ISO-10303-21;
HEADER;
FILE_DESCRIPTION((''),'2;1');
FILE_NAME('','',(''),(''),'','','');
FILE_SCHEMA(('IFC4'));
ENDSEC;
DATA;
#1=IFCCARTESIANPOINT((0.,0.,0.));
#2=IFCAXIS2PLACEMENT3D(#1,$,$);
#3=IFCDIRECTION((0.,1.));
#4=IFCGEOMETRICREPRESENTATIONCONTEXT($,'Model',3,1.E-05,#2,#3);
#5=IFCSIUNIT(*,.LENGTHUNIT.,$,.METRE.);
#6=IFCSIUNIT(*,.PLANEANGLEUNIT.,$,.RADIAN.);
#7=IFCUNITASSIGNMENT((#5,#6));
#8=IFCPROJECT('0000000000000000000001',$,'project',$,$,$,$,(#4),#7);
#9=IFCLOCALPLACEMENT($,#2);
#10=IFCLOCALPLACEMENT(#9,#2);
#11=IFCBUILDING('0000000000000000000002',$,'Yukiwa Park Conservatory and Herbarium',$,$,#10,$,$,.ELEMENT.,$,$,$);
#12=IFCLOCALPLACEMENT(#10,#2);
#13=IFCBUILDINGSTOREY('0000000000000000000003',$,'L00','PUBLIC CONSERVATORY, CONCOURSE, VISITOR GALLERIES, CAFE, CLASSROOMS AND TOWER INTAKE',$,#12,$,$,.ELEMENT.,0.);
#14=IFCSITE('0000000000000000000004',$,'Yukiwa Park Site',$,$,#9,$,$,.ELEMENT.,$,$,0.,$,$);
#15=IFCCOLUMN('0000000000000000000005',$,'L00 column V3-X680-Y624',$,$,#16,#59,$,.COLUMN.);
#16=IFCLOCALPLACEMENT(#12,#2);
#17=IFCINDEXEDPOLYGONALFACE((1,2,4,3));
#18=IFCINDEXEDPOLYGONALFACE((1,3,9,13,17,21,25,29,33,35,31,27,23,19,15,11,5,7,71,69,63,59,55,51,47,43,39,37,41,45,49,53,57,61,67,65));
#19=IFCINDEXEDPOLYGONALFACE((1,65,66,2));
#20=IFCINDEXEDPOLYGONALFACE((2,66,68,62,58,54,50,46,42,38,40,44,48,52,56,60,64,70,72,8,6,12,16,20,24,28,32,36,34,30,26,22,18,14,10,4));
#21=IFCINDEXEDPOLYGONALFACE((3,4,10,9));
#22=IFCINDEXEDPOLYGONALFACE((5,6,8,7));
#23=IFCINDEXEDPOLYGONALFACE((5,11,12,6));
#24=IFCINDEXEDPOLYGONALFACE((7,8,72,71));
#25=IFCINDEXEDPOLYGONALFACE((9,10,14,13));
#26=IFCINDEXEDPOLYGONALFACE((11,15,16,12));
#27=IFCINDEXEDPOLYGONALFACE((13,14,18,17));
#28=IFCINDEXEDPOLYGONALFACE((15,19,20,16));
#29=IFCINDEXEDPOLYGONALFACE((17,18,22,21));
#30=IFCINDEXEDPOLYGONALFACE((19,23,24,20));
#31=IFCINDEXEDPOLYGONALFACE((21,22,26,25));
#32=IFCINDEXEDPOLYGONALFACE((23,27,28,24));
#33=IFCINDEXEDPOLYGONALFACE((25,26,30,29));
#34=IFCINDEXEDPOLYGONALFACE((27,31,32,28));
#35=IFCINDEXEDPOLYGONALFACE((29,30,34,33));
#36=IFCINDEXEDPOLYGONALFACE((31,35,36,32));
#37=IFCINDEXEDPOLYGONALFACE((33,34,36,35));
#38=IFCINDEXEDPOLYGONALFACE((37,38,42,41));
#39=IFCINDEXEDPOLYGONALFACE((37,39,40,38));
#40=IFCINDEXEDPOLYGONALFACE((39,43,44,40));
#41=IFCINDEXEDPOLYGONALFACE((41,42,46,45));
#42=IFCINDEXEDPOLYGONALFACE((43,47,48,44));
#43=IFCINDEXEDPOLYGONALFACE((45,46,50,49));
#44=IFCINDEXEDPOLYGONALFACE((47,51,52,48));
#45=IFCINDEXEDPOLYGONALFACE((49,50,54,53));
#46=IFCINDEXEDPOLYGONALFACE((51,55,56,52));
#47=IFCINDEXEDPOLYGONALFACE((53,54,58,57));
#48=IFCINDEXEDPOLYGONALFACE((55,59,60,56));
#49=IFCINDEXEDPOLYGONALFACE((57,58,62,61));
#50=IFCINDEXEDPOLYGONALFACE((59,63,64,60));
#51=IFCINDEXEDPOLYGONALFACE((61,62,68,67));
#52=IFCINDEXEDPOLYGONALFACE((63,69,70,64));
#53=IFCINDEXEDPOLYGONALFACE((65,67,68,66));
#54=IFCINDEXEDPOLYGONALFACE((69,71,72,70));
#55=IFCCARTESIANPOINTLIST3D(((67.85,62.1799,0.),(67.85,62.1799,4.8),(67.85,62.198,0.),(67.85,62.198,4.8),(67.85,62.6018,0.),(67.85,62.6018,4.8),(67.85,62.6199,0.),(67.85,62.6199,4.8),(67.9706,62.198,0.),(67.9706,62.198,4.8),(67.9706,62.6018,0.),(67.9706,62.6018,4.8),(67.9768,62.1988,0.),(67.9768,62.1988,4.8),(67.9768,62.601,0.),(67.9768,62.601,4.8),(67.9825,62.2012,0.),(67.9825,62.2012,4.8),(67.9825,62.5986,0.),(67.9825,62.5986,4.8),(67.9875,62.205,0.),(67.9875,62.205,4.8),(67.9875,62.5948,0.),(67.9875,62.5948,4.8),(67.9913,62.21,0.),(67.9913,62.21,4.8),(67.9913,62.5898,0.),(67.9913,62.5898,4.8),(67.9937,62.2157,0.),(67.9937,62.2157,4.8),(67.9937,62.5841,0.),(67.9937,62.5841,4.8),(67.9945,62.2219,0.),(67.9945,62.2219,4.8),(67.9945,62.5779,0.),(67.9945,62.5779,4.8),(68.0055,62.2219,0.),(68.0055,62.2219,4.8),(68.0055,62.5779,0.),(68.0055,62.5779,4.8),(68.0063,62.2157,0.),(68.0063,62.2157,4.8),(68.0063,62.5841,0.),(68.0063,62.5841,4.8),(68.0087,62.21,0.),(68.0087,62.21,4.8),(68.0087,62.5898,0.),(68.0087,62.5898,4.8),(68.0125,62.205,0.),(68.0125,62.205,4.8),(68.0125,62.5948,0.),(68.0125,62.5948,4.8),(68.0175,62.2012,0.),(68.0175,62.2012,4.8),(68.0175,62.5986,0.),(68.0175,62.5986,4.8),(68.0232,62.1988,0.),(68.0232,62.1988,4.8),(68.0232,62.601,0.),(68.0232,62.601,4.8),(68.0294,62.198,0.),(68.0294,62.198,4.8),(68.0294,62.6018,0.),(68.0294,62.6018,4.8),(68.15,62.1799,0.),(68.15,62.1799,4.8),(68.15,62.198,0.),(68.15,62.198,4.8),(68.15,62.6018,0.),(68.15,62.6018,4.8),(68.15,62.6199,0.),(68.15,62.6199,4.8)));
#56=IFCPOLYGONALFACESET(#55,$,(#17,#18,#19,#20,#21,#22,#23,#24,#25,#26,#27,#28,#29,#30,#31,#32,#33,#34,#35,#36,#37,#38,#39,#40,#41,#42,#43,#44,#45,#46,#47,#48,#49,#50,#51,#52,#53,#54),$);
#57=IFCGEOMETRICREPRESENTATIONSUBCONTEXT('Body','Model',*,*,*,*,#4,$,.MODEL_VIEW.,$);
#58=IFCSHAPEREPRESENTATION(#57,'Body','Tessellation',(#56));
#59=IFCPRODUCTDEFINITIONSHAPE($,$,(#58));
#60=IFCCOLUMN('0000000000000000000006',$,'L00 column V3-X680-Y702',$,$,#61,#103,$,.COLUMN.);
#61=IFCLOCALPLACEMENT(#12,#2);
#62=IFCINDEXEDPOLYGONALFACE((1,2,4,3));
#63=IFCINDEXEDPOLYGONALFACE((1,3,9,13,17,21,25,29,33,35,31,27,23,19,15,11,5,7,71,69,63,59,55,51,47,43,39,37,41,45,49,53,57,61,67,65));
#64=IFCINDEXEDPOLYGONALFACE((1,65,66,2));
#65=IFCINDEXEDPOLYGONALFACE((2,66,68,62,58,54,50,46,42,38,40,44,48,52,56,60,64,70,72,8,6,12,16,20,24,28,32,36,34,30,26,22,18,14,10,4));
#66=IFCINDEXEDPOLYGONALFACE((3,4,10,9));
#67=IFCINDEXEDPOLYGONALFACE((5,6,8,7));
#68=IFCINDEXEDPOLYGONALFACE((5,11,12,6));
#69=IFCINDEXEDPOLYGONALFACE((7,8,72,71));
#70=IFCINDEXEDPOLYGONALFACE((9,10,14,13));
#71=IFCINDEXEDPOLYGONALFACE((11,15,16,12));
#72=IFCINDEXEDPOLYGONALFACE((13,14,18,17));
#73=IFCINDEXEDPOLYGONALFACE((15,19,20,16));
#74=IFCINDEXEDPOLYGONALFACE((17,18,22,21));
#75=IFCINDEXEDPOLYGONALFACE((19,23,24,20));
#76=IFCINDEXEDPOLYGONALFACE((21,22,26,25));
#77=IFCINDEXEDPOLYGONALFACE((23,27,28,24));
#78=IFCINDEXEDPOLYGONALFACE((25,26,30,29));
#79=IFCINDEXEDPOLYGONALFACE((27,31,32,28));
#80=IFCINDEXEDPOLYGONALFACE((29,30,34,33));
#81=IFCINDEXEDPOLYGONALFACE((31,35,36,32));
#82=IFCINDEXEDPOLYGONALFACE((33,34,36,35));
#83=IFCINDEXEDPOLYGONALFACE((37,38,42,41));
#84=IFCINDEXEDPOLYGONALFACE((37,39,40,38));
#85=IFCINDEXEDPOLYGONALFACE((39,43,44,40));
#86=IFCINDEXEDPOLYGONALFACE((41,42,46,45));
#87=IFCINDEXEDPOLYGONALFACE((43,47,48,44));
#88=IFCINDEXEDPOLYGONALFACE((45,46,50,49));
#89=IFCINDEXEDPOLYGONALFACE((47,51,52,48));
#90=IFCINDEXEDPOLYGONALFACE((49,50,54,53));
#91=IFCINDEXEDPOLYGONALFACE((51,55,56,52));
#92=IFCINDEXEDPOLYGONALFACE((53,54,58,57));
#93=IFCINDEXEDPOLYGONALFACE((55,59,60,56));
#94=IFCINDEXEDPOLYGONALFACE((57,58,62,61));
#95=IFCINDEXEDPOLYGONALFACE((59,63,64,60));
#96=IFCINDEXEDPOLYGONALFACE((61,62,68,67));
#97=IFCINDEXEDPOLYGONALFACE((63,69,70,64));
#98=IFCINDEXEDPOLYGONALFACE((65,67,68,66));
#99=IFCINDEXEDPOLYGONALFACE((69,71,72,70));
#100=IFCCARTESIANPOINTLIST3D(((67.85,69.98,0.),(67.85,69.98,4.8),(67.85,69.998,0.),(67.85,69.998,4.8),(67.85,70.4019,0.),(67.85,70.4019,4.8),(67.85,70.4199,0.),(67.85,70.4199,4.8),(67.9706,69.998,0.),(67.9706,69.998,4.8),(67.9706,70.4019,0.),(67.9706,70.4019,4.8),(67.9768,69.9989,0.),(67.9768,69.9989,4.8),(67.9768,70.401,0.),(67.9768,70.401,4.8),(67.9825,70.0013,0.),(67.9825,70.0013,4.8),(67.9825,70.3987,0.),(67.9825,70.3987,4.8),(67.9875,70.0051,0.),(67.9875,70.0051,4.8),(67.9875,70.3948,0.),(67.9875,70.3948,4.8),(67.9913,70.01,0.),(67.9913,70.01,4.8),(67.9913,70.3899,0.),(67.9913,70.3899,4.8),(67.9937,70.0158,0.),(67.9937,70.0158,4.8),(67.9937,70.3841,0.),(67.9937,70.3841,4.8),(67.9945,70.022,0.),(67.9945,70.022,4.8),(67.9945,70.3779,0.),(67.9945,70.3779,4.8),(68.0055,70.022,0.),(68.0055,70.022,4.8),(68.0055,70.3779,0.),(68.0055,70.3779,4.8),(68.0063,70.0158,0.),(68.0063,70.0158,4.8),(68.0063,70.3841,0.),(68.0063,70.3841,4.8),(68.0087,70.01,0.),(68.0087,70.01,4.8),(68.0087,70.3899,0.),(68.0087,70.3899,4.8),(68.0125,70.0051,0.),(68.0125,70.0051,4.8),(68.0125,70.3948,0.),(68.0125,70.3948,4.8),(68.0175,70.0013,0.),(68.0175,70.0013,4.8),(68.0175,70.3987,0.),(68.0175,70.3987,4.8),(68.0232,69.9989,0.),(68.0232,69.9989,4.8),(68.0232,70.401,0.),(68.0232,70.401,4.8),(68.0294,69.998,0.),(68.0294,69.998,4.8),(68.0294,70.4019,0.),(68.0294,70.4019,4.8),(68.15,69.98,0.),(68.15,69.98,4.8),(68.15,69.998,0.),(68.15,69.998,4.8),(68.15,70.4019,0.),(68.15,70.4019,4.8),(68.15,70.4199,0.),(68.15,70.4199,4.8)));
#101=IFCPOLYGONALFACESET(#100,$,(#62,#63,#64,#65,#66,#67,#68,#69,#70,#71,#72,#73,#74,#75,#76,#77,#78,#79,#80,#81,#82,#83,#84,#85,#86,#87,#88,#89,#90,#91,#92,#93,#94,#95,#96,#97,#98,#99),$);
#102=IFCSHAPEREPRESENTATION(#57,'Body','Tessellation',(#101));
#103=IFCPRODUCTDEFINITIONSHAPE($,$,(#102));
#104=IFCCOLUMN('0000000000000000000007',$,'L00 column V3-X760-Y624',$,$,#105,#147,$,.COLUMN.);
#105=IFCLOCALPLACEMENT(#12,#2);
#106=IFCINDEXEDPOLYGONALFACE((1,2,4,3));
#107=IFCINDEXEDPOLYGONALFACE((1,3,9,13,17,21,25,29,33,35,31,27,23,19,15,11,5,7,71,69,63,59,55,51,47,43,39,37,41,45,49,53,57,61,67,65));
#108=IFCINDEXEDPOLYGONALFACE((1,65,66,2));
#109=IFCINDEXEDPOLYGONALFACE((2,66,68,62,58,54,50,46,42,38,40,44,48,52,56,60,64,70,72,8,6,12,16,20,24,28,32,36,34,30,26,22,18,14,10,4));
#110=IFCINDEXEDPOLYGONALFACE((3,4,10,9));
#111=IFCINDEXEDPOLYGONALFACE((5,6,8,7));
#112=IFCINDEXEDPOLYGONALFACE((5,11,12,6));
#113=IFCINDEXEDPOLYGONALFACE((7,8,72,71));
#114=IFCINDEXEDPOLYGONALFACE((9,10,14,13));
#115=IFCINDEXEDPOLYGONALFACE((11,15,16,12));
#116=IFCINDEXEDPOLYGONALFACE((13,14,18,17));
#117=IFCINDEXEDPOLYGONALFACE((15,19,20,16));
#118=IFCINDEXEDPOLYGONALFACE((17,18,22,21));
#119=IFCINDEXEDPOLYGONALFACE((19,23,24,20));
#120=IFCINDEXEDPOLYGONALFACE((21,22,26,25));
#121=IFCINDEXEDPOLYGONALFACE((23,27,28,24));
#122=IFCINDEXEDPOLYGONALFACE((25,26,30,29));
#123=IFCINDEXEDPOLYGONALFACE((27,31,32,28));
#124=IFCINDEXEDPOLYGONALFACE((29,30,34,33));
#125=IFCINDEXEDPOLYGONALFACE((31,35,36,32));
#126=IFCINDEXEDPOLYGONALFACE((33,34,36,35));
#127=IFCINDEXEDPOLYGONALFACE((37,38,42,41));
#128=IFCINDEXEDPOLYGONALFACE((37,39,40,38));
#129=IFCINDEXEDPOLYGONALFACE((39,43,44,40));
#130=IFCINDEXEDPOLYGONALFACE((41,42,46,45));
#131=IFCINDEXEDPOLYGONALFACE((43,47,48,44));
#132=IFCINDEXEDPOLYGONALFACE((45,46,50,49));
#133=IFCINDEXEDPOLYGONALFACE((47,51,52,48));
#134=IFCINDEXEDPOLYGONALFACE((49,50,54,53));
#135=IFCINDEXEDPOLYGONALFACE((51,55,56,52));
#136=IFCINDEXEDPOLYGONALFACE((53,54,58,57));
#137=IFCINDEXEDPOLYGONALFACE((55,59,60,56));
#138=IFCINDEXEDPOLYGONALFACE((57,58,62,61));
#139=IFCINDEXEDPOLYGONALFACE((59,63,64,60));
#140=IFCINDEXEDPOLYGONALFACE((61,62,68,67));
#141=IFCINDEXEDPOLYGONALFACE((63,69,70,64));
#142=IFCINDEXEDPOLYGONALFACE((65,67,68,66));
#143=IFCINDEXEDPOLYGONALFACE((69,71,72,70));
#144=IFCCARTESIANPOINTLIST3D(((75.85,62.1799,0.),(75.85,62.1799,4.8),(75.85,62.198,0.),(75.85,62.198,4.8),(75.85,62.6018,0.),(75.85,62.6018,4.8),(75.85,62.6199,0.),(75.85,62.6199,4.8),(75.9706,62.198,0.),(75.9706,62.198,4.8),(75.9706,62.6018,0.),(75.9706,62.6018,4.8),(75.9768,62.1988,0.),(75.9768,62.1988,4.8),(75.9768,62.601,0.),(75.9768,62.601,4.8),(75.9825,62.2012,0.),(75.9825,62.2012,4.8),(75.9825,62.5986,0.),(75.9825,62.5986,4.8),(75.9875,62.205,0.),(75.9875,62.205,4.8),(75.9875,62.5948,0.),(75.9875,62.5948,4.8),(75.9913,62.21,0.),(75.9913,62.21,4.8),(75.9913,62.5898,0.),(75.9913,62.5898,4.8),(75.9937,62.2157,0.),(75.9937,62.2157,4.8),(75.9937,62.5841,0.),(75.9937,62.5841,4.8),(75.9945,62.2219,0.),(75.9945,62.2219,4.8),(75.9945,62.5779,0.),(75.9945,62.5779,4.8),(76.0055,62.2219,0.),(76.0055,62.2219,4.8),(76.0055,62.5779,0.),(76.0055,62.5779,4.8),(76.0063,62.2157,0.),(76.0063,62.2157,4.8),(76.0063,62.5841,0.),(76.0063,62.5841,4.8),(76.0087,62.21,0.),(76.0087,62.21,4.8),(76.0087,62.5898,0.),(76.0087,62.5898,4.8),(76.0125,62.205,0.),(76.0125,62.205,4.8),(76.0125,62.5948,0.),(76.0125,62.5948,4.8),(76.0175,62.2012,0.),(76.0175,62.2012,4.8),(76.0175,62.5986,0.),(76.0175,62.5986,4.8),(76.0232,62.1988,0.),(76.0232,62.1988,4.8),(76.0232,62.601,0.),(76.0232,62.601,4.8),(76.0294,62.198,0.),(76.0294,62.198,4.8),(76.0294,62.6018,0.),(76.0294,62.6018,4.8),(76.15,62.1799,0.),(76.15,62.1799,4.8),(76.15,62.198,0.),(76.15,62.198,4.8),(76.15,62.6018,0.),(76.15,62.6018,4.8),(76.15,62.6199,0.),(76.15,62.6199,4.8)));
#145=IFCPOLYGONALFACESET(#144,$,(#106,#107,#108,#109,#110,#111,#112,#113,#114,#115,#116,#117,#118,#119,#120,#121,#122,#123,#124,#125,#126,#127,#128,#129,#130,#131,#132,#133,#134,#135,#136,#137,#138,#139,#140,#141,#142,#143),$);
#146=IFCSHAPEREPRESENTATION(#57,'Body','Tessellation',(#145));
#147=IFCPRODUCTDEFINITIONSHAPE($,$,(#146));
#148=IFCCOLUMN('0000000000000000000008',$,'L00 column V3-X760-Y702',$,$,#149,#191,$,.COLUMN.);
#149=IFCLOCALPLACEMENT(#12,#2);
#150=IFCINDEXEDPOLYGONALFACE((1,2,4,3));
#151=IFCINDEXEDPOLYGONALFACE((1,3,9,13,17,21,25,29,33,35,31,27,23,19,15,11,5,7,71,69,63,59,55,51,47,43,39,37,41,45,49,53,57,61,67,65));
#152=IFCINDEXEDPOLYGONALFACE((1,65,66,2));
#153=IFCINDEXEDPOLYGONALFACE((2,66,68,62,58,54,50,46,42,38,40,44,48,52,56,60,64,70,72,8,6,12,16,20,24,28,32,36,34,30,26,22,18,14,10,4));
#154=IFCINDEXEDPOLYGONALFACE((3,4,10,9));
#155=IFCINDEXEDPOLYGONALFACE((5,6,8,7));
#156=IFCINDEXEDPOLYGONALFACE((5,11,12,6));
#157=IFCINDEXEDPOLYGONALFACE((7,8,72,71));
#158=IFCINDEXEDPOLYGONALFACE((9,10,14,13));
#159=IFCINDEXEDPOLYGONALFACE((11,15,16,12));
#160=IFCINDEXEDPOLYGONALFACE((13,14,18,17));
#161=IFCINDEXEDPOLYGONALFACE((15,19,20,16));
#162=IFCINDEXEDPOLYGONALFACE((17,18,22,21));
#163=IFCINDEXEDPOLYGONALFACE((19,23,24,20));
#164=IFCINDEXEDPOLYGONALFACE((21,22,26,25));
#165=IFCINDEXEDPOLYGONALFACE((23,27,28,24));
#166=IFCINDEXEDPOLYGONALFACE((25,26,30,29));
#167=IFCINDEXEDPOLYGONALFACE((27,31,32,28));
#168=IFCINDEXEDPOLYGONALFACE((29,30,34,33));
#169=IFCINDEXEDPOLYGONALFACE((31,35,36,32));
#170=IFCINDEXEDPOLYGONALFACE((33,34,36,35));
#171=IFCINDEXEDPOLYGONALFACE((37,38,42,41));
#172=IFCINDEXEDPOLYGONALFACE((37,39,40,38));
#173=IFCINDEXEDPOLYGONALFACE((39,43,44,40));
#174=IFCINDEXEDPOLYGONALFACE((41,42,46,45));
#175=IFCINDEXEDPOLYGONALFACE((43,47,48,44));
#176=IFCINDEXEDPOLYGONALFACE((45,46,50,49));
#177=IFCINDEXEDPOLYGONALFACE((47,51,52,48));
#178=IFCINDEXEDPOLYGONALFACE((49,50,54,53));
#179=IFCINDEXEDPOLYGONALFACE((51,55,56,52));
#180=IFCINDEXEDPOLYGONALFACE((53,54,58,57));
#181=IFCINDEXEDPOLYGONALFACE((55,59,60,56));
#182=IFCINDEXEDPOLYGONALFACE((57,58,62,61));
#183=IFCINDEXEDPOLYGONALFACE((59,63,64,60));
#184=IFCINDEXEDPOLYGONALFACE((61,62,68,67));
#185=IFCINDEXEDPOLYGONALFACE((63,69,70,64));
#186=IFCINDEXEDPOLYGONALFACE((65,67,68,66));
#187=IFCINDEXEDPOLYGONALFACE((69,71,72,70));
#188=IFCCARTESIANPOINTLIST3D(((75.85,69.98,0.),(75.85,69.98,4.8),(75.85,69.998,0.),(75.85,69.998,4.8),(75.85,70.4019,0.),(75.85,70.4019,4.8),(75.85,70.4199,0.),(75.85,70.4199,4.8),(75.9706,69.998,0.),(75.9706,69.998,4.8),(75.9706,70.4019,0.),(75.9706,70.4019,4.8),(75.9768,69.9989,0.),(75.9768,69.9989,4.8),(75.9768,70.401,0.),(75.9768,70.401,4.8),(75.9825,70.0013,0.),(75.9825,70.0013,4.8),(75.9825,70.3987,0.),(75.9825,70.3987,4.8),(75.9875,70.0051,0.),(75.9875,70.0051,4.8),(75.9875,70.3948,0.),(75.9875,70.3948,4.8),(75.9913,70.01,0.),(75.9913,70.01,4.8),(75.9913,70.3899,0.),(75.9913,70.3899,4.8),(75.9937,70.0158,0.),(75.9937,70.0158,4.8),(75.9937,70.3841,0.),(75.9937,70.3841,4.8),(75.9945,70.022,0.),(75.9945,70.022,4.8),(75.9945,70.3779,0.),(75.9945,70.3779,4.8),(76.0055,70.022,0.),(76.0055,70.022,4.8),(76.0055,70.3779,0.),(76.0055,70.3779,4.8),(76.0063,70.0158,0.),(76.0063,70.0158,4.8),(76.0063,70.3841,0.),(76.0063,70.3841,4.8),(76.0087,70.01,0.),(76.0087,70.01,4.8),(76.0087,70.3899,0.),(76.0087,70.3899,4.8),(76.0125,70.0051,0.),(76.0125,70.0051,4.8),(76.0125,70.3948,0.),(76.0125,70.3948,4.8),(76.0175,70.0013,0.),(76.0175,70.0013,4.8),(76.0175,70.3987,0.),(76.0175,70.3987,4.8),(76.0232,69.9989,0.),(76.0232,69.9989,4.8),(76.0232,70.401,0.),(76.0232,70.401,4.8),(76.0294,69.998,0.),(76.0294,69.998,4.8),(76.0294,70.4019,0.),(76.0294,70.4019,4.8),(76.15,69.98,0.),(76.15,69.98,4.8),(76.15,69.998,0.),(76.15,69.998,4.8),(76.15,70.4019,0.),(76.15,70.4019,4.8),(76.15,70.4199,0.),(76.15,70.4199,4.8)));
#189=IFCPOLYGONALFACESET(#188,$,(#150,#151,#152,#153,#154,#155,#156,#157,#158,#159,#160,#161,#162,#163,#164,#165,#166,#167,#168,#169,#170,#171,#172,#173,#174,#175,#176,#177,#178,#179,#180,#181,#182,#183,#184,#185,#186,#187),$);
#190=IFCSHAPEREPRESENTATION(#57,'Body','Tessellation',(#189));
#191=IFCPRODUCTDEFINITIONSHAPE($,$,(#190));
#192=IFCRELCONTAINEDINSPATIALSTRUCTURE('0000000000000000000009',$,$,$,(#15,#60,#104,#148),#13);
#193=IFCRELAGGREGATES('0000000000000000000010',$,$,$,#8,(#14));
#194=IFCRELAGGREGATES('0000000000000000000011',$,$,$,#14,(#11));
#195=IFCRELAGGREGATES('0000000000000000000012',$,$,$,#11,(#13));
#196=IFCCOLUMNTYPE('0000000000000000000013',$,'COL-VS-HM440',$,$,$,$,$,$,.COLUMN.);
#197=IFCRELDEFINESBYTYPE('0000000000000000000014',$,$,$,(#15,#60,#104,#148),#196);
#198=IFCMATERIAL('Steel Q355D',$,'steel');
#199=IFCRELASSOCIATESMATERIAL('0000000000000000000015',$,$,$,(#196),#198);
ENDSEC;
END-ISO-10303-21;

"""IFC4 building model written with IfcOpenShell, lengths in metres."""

from ifc_helpers import new_model, si_unit, direction, frame, origin, origin_2d, place, context, subcontext, project, spatial, i_section, extrude, material, material_profile, profile_set, type_object, element, save


model = new_model("IFC4")

# Units and contexts
model_context = context("Model", 3, precision=1e-05, world=origin(), true_north=direction((0.0, 1.0)))
body_context = subcontext(model_context, "Body", "Model", "MODEL_VIEW")
ifc_project = project(units=[si_unit("LENGTHUNIT", "METRE"), si_unit("PLANEANGLEUNIT", "RADIAN")], contexts=[model_context])

# Site, building, storey
site_placement = place(None, origin())
site = spatial("IfcSite", under=ifc_project, at=site_placement, Name="Yukiwa Park Site", CompositionType="ELEMENT", RefElevation=0.0)
building_placement = place(site_placement, origin())
building = spatial("IfcBuilding", under=site, at=building_placement, Name="Yukiwa Park Conservatory and Herbarium", CompositionType="ELEMENT")
storey_placement = place(building_placement, origin())
storey = spatial("IfcBuildingStorey", under=building, at=storey_placement, Name="L00", Description="PUBLIC CONSERVATORY, CONCOURSE, VISITOR GALLERIES, CAFE, CLASSROOMS AND TOWER INTAKE", CompositionType="ELEMENT", Elevation=0.0)

# Columns
ifc_material_1 = material(Name="Steel Q355D", Category="steel")
ifc_material_profile_1 = material_profile(ifc_material_1, i_section(OverallWidth=0.3, OverallDepth=0.4399, WebThickness=0.011, FlangeThickness=0.0181, FilletRadius=0.0239, at=origin_2d()), Name="HM 440x300x11x18")
ifc_profile_set_1 = profile_set([ifc_material_profile_1], Name="Steel Q355D")
column_type = type_object("IfcColumnType", Name="COL-VS-HM440", PredefinedType="COLUMN", material=ifc_profile_set_1)
for number, where, z_axis, x_axis, name in (
    (1, (68.0, 62.3999, 0.0), (0.0, 0.0, 1.0), (1.0, 0.0, 0.0), "L00 column V3-X680-Y624"),
    (2, (68.0, 70.2, 0.0), (0.0, 0.0, 1.0), (1.0, 0.0, 0.0), "L00 column V3-X680-Y702"),
    (3, (76.0, 62.3999, 0.0), (0.0, 0.0, 1.0), (1.0, 0.0, 0.0), "L00 column V3-X760-Y624"),
    (4, (76.0, 70.2, 0.0), (0.0, 0.0, 1.0), (1.0, 0.0, 0.0), "L00 column V3-X760-Y702"),
):
    element("IfcColumn", number, at=place(storey_placement, frame(where, z_axis=z_axis, x_axis=x_axis)), inside=storey, type_object=column_type, Name=name, PredefinedType="COLUMN", context=body_context, shape_type="SweptSolid", body=[
        extrude(i_section(OverallWidth=0.3, OverallDepth=0.4399, WebThickness=0.011, FlangeThickness=0.0181, FilletRadius=0.0239, at=origin_2d()), origin(), (0.0, 0.0, 1.0), 4.8),
    ])

save(model, "model.ifc")
